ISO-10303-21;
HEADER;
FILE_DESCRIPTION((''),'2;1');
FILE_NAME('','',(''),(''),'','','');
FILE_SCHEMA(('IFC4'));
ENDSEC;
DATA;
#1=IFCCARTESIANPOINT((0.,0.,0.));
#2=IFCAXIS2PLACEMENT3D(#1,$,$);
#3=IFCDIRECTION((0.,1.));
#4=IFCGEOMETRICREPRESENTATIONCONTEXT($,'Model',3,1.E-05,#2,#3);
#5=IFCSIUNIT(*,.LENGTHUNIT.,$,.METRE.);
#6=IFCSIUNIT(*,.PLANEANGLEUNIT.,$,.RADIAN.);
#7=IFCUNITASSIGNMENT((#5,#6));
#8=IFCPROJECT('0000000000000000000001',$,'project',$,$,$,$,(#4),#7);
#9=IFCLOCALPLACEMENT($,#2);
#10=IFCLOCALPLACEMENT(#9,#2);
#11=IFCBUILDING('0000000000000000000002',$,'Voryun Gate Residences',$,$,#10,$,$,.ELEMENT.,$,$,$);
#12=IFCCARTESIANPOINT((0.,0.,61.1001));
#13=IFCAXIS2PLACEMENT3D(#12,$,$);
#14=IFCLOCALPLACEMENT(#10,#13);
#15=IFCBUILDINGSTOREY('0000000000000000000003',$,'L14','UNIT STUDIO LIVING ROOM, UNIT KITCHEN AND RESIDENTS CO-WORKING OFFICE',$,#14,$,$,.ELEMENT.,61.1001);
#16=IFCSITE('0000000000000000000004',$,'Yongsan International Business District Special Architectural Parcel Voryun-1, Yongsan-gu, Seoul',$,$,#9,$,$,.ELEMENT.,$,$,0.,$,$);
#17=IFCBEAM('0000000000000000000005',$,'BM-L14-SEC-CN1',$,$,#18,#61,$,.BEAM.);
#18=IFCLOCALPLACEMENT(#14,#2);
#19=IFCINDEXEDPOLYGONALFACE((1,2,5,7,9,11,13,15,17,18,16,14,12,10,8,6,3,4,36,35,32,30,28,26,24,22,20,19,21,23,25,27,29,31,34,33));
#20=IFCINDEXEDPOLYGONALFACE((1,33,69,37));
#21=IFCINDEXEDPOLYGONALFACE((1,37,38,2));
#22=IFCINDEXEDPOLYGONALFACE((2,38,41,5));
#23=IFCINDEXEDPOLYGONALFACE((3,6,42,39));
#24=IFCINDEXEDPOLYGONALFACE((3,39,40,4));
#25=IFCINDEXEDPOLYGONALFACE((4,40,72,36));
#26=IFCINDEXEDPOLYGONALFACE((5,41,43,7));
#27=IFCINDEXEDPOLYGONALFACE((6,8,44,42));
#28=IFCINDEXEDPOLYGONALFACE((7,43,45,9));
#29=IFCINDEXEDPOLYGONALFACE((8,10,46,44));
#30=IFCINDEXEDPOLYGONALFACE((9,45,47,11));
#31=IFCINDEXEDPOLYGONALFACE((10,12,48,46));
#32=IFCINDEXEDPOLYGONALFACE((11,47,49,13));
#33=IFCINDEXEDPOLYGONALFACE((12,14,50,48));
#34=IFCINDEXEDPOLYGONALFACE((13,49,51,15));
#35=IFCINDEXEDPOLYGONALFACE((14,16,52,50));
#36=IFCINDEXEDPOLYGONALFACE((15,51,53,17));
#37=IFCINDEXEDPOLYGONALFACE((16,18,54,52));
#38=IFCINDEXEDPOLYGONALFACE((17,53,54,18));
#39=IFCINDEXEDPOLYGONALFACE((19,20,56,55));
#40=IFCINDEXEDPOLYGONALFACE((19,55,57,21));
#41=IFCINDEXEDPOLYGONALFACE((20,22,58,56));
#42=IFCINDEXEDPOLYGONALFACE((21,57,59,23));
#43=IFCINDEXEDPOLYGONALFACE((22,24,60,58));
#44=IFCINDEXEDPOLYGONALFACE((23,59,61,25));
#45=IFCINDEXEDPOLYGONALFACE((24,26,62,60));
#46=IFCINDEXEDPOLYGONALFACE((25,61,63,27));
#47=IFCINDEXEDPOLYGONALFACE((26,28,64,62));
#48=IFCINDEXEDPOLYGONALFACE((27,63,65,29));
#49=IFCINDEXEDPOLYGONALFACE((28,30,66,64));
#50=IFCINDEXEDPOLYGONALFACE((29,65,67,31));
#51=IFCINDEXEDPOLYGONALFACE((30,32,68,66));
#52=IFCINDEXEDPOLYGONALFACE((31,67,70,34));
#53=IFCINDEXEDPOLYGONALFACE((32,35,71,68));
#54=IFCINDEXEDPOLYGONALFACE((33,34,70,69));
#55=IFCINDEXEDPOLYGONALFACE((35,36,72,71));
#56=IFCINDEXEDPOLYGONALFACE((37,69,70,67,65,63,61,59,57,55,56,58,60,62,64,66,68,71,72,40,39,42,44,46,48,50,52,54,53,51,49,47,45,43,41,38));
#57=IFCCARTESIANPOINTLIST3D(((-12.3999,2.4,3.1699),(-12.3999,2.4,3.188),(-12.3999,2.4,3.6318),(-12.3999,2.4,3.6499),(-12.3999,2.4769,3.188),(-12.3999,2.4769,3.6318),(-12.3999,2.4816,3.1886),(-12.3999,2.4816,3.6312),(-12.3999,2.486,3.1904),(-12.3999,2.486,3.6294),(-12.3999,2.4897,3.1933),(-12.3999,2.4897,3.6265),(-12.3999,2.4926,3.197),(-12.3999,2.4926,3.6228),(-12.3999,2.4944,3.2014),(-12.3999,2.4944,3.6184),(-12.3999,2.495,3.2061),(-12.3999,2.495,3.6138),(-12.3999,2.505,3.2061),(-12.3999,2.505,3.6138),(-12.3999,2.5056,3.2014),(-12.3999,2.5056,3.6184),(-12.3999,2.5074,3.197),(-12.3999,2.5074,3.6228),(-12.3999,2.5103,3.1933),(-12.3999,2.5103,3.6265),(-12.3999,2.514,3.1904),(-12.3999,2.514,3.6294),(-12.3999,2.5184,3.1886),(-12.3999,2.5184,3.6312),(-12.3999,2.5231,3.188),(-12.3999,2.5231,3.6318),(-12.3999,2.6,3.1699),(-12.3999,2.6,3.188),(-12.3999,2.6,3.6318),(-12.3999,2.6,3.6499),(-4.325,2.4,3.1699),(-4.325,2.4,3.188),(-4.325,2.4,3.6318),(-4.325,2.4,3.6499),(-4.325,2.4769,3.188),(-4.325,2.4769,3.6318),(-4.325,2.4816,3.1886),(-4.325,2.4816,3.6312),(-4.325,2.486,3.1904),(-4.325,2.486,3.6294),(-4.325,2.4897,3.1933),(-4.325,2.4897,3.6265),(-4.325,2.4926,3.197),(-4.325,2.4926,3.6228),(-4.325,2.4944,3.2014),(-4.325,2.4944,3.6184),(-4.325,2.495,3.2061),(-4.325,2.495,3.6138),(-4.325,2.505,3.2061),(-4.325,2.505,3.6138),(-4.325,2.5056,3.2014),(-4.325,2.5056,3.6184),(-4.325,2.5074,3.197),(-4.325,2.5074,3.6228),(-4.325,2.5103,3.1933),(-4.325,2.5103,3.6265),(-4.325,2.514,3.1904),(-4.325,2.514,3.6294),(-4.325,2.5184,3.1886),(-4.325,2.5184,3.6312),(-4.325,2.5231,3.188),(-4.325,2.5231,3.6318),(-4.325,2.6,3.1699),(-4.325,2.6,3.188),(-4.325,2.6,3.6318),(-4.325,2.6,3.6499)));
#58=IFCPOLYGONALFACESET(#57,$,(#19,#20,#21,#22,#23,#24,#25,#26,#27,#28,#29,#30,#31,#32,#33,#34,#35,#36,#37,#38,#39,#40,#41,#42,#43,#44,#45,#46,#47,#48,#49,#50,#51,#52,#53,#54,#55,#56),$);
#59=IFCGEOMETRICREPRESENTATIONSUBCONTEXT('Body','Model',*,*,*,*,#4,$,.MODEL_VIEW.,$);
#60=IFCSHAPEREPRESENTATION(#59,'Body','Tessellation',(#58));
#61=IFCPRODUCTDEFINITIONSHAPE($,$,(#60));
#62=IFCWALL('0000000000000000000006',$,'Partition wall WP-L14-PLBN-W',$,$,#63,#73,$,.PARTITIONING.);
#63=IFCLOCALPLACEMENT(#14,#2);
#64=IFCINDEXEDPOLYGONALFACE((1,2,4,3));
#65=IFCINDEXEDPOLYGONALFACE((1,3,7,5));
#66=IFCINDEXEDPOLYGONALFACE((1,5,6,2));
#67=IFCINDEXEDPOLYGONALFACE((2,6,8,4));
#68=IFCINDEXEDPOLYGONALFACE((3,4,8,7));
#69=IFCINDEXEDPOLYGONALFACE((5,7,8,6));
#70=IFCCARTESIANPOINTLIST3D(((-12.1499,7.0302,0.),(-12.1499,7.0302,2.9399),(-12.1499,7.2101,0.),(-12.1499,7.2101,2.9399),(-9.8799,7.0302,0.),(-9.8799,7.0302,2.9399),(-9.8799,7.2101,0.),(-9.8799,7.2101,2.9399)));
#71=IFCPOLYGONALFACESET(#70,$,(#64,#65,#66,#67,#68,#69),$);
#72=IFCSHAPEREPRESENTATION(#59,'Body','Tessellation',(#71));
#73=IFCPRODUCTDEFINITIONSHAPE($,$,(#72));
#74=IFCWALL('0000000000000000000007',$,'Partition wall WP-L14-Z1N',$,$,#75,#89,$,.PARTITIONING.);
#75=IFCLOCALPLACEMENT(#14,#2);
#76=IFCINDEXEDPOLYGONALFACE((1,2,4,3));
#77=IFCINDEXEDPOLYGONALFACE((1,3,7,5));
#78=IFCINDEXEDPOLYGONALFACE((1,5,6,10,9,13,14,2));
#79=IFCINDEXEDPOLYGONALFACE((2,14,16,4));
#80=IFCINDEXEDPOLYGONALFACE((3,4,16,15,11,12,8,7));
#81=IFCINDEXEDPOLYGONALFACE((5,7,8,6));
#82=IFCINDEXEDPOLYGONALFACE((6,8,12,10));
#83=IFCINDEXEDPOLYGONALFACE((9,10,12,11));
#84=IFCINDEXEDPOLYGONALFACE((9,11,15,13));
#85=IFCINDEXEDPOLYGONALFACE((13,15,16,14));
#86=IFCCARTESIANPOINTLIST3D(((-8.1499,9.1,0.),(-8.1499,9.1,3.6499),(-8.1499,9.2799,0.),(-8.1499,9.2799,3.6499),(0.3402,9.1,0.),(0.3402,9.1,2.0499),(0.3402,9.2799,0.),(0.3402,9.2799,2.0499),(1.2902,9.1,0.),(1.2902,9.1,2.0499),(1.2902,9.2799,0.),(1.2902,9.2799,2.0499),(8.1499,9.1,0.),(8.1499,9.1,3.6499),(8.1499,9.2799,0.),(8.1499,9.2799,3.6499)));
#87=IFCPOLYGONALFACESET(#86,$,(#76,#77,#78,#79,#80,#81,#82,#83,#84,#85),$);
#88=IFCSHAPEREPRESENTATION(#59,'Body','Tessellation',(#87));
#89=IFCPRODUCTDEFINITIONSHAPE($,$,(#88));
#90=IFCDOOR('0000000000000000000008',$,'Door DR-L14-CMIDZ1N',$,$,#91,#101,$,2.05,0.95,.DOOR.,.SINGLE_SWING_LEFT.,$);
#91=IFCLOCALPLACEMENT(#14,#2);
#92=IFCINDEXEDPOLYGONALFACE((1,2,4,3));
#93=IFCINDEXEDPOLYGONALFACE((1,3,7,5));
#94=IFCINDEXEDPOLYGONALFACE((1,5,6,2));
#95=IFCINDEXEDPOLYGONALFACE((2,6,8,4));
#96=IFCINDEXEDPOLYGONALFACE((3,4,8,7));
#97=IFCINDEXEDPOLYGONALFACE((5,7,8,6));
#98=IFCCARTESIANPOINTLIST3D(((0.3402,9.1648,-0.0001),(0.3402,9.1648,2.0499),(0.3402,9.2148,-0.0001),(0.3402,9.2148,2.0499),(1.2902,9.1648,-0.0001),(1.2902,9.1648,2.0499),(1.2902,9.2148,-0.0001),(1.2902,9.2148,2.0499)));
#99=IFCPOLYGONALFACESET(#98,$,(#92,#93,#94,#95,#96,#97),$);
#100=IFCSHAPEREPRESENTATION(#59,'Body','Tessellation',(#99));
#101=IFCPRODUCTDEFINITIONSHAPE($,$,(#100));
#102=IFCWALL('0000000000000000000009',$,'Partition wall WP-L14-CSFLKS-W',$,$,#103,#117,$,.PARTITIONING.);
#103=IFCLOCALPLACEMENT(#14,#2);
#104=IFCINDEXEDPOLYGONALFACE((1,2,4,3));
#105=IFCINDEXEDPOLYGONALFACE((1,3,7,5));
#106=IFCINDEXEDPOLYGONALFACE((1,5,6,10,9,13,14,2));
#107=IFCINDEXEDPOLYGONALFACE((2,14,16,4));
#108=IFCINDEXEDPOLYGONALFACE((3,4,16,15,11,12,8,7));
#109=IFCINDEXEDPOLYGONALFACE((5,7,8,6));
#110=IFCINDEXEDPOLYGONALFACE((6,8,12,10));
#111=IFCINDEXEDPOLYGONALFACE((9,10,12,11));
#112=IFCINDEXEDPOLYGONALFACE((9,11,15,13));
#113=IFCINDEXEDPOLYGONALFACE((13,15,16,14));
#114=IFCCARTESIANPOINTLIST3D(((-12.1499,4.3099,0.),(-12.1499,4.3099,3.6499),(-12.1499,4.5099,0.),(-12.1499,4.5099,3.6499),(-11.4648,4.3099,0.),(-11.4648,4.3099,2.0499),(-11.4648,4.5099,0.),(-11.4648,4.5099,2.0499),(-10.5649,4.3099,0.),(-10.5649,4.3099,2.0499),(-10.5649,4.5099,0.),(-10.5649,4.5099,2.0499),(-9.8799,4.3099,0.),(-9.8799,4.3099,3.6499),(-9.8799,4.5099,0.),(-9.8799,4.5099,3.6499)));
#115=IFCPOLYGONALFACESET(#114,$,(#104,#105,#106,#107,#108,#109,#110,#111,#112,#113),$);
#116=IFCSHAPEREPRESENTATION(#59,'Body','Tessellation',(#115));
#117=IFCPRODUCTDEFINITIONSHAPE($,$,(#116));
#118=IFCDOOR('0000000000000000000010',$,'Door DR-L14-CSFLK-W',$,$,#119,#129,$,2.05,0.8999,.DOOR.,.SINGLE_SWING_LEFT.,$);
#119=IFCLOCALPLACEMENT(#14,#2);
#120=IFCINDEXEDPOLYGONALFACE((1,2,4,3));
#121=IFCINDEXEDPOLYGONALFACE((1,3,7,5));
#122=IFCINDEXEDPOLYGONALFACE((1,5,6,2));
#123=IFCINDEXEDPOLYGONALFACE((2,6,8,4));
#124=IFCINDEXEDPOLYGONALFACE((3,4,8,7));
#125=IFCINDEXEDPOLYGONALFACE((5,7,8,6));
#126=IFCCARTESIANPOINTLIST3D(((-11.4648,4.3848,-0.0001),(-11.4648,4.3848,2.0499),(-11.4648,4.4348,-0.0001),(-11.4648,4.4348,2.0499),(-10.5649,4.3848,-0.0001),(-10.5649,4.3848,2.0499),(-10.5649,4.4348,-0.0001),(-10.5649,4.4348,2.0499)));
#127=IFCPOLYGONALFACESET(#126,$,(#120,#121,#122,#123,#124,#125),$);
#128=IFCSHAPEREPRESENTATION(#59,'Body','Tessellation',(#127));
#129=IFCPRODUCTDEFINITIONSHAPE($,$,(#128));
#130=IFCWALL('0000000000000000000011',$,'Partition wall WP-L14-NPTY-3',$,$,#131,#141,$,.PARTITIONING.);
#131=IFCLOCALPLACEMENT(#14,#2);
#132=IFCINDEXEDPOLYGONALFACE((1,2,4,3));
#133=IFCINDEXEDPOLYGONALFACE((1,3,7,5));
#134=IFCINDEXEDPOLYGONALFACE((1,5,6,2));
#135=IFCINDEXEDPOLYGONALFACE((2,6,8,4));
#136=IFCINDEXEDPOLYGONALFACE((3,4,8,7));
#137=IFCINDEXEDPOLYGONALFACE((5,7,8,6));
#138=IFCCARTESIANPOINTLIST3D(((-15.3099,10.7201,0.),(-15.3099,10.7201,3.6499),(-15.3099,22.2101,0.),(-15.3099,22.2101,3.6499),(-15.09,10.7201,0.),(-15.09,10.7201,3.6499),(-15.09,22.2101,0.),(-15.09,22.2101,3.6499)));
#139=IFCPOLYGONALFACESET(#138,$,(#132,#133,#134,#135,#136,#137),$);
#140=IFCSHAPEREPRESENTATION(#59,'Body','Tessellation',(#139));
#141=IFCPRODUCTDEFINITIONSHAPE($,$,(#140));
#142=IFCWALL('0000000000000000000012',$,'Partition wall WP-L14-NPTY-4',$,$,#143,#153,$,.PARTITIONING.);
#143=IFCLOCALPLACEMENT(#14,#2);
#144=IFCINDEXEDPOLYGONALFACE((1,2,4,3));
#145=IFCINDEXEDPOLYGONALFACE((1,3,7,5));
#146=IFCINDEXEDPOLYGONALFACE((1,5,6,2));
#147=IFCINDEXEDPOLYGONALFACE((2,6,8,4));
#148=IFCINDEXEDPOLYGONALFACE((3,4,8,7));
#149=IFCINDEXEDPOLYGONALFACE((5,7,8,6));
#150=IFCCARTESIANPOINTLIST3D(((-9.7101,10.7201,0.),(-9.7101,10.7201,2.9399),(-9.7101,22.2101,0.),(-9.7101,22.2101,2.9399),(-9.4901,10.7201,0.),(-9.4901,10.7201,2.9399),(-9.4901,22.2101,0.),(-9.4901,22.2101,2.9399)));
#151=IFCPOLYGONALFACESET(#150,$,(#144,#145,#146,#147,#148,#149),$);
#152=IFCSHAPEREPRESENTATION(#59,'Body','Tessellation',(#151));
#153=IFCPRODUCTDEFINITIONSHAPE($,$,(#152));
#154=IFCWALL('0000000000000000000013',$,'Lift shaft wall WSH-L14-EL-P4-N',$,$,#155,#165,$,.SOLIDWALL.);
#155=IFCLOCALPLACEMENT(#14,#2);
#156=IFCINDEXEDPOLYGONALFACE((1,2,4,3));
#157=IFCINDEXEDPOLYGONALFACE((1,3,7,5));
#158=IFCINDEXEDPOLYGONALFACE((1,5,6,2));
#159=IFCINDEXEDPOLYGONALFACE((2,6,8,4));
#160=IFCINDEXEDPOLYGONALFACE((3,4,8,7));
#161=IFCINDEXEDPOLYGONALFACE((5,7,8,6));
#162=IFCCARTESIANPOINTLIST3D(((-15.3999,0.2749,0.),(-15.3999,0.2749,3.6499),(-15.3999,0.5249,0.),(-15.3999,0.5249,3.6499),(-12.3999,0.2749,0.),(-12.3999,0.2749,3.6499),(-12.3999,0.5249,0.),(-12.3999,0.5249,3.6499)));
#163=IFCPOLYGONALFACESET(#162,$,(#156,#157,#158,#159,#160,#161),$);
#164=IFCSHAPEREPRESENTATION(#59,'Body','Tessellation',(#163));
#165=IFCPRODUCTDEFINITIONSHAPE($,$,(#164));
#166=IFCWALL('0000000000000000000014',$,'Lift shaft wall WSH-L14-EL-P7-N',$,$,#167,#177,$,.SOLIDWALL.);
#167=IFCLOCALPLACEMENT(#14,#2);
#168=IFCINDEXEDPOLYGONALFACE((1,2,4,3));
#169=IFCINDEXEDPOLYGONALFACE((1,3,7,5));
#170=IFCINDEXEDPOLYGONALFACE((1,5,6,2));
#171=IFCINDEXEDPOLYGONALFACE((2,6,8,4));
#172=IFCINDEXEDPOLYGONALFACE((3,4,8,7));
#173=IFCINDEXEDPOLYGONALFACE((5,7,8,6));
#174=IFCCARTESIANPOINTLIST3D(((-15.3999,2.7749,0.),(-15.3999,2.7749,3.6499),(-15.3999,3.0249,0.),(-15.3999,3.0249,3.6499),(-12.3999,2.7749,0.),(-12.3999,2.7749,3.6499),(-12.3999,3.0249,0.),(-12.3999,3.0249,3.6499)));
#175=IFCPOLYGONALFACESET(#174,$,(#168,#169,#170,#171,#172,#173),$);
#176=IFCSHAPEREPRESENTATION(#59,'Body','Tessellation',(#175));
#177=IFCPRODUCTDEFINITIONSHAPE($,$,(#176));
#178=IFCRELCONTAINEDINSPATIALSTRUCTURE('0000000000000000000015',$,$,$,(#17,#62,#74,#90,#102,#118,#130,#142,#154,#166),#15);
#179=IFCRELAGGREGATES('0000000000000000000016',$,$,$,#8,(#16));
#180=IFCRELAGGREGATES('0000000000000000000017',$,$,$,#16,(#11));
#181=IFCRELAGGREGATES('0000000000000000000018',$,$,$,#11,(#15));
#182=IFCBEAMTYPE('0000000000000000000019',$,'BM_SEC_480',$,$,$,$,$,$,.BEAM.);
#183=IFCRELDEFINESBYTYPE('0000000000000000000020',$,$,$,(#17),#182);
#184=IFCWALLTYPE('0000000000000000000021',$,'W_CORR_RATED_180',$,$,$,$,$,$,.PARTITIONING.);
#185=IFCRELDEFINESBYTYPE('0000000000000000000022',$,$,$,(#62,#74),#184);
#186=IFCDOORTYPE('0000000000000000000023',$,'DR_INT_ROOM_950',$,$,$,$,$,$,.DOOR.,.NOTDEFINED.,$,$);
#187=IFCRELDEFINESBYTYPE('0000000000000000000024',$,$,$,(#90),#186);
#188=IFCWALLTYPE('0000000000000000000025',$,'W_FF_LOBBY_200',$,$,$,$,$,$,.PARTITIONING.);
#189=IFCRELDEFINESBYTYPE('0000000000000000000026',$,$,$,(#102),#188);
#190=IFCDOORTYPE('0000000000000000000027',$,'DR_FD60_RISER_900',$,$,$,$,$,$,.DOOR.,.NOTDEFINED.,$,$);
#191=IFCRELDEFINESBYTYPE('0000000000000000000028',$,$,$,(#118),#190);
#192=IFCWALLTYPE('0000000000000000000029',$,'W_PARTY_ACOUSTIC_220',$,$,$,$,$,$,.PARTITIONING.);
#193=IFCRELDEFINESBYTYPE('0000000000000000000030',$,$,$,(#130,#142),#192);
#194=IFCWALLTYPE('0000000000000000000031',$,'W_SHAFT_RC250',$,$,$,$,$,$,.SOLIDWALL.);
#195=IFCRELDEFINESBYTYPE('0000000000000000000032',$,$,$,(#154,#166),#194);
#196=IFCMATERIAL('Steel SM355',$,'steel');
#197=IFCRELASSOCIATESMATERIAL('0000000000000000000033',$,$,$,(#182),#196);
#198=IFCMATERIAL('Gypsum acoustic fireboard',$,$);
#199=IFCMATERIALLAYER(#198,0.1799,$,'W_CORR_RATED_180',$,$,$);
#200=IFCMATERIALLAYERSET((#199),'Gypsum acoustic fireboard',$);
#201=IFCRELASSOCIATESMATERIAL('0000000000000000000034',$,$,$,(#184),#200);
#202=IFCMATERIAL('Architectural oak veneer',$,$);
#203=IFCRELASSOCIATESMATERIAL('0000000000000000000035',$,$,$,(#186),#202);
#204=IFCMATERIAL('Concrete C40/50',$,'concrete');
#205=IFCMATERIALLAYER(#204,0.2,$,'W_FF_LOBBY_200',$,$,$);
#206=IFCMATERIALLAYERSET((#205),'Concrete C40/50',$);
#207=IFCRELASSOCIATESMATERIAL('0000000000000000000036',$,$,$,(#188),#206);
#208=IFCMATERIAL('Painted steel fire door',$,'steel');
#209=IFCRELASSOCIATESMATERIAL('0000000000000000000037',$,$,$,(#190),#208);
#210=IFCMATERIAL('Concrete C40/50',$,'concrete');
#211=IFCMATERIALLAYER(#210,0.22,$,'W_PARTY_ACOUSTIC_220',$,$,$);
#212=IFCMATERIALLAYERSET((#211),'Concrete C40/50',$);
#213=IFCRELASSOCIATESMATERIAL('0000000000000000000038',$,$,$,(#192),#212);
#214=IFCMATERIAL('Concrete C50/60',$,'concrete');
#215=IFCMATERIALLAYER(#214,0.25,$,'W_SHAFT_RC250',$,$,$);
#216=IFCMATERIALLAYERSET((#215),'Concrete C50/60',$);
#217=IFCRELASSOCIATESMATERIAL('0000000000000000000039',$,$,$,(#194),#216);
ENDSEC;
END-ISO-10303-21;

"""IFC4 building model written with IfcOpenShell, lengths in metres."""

from ifc_helpers import new_model, si_unit, direction, frame, frame_2d, origin, origin_2d, place, context, subcontext, project, spatial, rectangle, i_section, extrude, material, layer, layer_set, material_profile, profile_set, type_object, element, fill, save


model = new_model("IFC4")

# Units and contexts
model_context = context("Model", 3, precision=1e-05, world=origin(), true_north=direction((0.0, 1.0)))
body_context = subcontext(model_context, "Body", "Model", "MODEL_VIEW")
ifc_project = project(units=[si_unit("LENGTHUNIT", "METRE"), si_unit("PLANEANGLEUNIT", "RADIAN")], contexts=[model_context])

# Site, building, storey
site_placement = place(None, origin())
site = spatial("IfcSite", under=ifc_project, at=site_placement, Name="Yongsan International Business District Special Architectural Parcel Voryun-1, Yongsan-gu, Seoul", CompositionType="ELEMENT", RefElevation=0.0)
building_placement = place(site_placement, origin())
building = spatial("IfcBuilding", under=site, at=building_placement, Name="Voryun Gate Residences", CompositionType="ELEMENT")
storey_placement = place(building_placement, frame((0.0, 0.0, 61.1001)))
storey = spatial("IfcBuildingStorey", under=building, at=storey_placement, Name="L14", Description="UNIT STUDIO LIVING ROOM, UNIT KITCHEN AND RESIDENTS CO-WORKING OFFICE", CompositionType="ELEMENT", Elevation=61.1001)

# Beam
ifc_material_1 = material(Name="Steel SM355", Category="steel")
ifc_material_profile_1 = material_profile(ifc_material_1, i_section(OverallWidth=0.2, OverallDepth=0.48, WebThickness=0.01, FlangeThickness=0.0181, FilletRadius=0.0181, at=origin_2d()), Name="H-480x200x10x18")
ifc_profile_set_1 = profile_set([ifc_material_profile_1], Name="Steel SM355")
beam_type_1 = type_object("IfcBeamType", Name="BM_SEC_480", PredefinedType="BEAM", material=ifc_profile_set_1)
for number, where, z_axis, x_axis, name in (
    (1, (-12.3999, 2.5, 3.4099), (1.0, 0.0, 0.0), (0.0, 1.0, 0.0), "BM-L14-SEC-CN1"),
):
    element("IfcBeam", number, at=place(storey_placement, frame(where, z_axis=z_axis, x_axis=x_axis)), inside=storey, type_object=beam_type_1, Name=name, PredefinedType="BEAM", context=body_context, shape_type="SweptSolid", body=[
        extrude(i_section(OverallWidth=0.2, OverallDepth=0.48, WebThickness=0.01, FlangeThickness=0.0181, FilletRadius=0.0181, at=origin_2d()), origin(), (0.0, 0.0, 1.0), 8.075),
    ])

# Wall
ifc_material_2 = material(Name="Gypsum acoustic fireboard")
ifc_layer_1 = layer(ifc_material_2, 0.1799, Name="W_CORR_RATED_180")
ifc_layer_set_1 = layer_set([ifc_layer_1], Name="Gypsum acoustic fireboard")
wall_type_1 = type_object("IfcWallType", Name="W_CORR_RATED_180", PredefinedType="PARTITIONING", material=ifc_layer_set_1)
wall_1_placement = place(storey_placement, frame((-12.1499, 7.1201, 0.0), z_axis=(0.0, 0.0, 1.0), x_axis=(1.0, 0.0, 0.0)))
element("IfcWall", 2, at=wall_1_placement, inside=storey, type_object=wall_type_1, Name="Partition wall WP-L14-PLBN-W", PredefinedType="PARTITIONING", context=body_context, shape_type="SweptSolid", body=[
    extrude(rectangle(XDim=2.27, YDim=0.1799, at=frame_2d((1.135, 0.0))), origin(), (0.0, 0.0, 1.0), 2.9399),
])

# Walls, openings, doors
wall_2_placement = place(storey_placement, frame((-8.1499, 9.1899, 0.0), z_axis=(0.0, 0.0, 1.0), x_axis=(1.0, 0.0, 0.0)))
wall_2 = element("IfcWall", 3, at=wall_2_placement, inside=storey, type_object=wall_type_1, Name="Partition wall WP-L14-Z1N", PredefinedType="PARTITIONING", context=body_context, shape_type="SweptSolid", body=[
    extrude(rectangle(XDim=16.2998, YDim=0.1799, at=frame_2d((8.1499, 0.0))), origin(), (0.0, 0.0, 1.0), 3.6499),
])
opening_1_placement = place(wall_2_placement, frame((8.49, 0.0, 0.0)))
opening_1 = element("IfcOpeningElement", 4, at=opening_1_placement, cuts=wall_2, PredefinedType="OPENING", context=body_context, shape_type="SweptSolid", body=[
    extrude(rectangle(XDim=0.95, YDim=2.05, at=frame_2d((0.4751, 1.0249))), frame((0.0, 0.0999, 0.0), z_axis=(0.0, -1.0, 0.0), x_axis=(1.0, 0.0, 0.0)), (0.0, 0.0, 1.0), 0.2),
])
ifc_material_3 = material(Name="Architectural oak veneer")
door_type_1 = type_object("IfcDoorType", Name="DR_INT_ROOM_950", OperationType="NOTDEFINED", PredefinedType="DOOR", material=ifc_material_3)
door_1_placement = place(opening_1_placement, origin())
door_1 = element("IfcDoor", 5, at=door_1_placement, inside=storey, type_object=door_type_1, Name="Door DR-L14-CMIDZ1N", OperationType="SINGLE_SWING_LEFT", OverallHeight=2.05, OverallWidth=0.95, PredefinedType="DOOR", context=body_context, shape_type="SweptSolid", body=[
    extrude(rectangle(XDim=0.95, YDim=2.05, at=frame_2d((0.4751, 1.0249))), frame((0.0, 0.0249, 0.0), z_axis=(0.0, -1.0, 0.0), x_axis=(1.0, 0.0, 0.0)), (0.0, 0.0, 1.0), 0.05),
])
fill(opening_1, door_1)
ifc_material_4 = material(Name="Concrete C40/50", Category="concrete")
ifc_layer_2 = layer(ifc_material_4, 0.2, Name="W_FF_LOBBY_200")
ifc_layer_set_2 = layer_set([ifc_layer_2], Name="Concrete C40/50")
wall_type_2 = type_object("IfcWallType", Name="W_FF_LOBBY_200", PredefinedType="PARTITIONING", material=ifc_layer_set_2)
wall_3_placement = place(storey_placement, frame((-12.1499, 4.4099, 0.0), z_axis=(0.0, 0.0, 1.0), x_axis=(1.0, 0.0, 0.0)))
wall_3 = element("IfcWall", 6, at=wall_3_placement, inside=storey, type_object=wall_type_2, Name="Partition wall WP-L14-CSFLKS-W", PredefinedType="PARTITIONING", context=body_context, shape_type="SweptSolid", body=[
    extrude(rectangle(XDim=2.27, YDim=0.2, at=frame_2d((1.135, 0.0))), origin(), (0.0, 0.0, 1.0), 3.6499),
])
opening_2_placement = place(wall_3_placement, frame((0.6851, 0.0, 0.0)))
opening_2 = element("IfcOpeningElement", 7, at=opening_2_placement, cuts=wall_3, PredefinedType="OPENING", context=body_context, shape_type="SweptSolid", body=[
    extrude(rectangle(XDim=0.8999, YDim=2.05, at=frame_2d((0.45, 1.0249))), frame((0.0, 0.1101, 0.0), z_axis=(0.0, -1.0, 0.0), x_axis=(1.0, 0.0, 0.0)), (0.0, 0.0, 1.0), 0.22),
])
ifc_material_5 = material(Name="Painted steel fire door", Category="steel")
door_type_2 = type_object("IfcDoorType", Name="DR_FD60_RISER_900", OperationType="NOTDEFINED", PredefinedType="DOOR", material=ifc_material_5)
door_2_placement = place(opening_2_placement, origin())
door_2 = element("IfcDoor", 8, at=door_2_placement, inside=storey, type_object=door_type_2, Name="Door DR-L14-CSFLK-W", OperationType="SINGLE_SWING_LEFT", OverallHeight=2.05, OverallWidth=0.8999, PredefinedType="DOOR", context=body_context, shape_type="SweptSolid", body=[
    extrude(rectangle(XDim=0.8999, YDim=2.05, at=frame_2d((0.45, 1.0249))), frame((0.0, 0.0249, 0.0), z_axis=(0.0, -1.0, 0.0), x_axis=(1.0, 0.0, 0.0)), (0.0, 0.0, 1.0), 0.05),
])
fill(opening_2, door_2)

# Walls
ifc_material_6 = material(Name="Concrete C40/50", Category="concrete")
ifc_layer_3 = layer(ifc_material_6, 0.22, Name="W_PARTY_ACOUSTIC_220")
ifc_layer_set_3 = layer_set([ifc_layer_3], Name="Concrete C40/50")
wall_type_3 = type_object("IfcWallType", Name="W_PARTY_ACOUSTIC_220", PredefinedType="PARTITIONING", material=ifc_layer_set_3)
wall_4_placement = place(storey_placement, frame((-15.2, 10.72, 0.0), z_axis=(0.0, 0.0, 1.0), x_axis=(0.0, 1.0, 0.0)))
element("IfcWall", 9, at=wall_4_placement, inside=storey, type_object=wall_type_3, Name="Partition wall WP-L14-NPTY-3", PredefinedType="PARTITIONING", context=body_context, shape_type="SweptSolid", body=[
    extrude(rectangle(XDim=11.49, YDim=0.22, at=frame_2d((5.7451, 0.0))), origin(), (0.0, 0.0, 1.0), 3.6499),
])
wall_5_placement = place(storey_placement, frame((-9.6001, 10.72, 0.0), z_axis=(0.0, 0.0, 1.0), x_axis=(0.0, 1.0, 0.0)))
element("IfcWall", 10, at=wall_5_placement, inside=storey, type_object=wall_type_3, Name="Partition wall WP-L14-NPTY-4", PredefinedType="PARTITIONING", context=body_context, shape_type="SweptSolid", body=[
    extrude(rectangle(XDim=11.49, YDim=0.22, at=frame_2d((5.7451, 0.0))), origin(), (0.0, 0.0, 1.0), 2.9399),
])
ifc_material_7 = material(Name="Concrete C50/60", Category="concrete")
ifc_layer_4 = layer(ifc_material_7, 0.25, Name="W_SHAFT_RC250")
ifc_layer_set_4 = layer_set([ifc_layer_4], Name="Concrete C50/60")
wall_type_4 = type_object("IfcWallType", Name="W_SHAFT_RC250", PredefinedType="SOLIDWALL", material=ifc_layer_set_4)
for number, where, z_axis, x_axis, name in (
    (11, (-12.3999, 0.3999, 0.0), (0.0, 0.0, 1.0), (-1.0, 0.0, 0.0), "Lift shaft wall WSH-L14-EL-P4-N"),
    (12, (-12.3999, 2.8999, 0.0), (0.0, 0.0, 1.0), (-1.0, 0.0, 0.0), "Lift shaft wall WSH-L14-EL-P7-N"),
):
    element("IfcWall", number, at=place(storey_placement, frame(where, z_axis=z_axis, x_axis=x_axis)), inside=storey, type_object=wall_type_4, Name=name, PredefinedType="SOLIDWALL", context=body_context, shape_type="SweptSolid", body=[
        extrude(rectangle(XDim=3.0, YDim=0.25, at=frame_2d((1.5, 0.0))), origin(), (0.0, 0.0, 1.0), 3.6499),
    ])

save(model, "model.ifc")
